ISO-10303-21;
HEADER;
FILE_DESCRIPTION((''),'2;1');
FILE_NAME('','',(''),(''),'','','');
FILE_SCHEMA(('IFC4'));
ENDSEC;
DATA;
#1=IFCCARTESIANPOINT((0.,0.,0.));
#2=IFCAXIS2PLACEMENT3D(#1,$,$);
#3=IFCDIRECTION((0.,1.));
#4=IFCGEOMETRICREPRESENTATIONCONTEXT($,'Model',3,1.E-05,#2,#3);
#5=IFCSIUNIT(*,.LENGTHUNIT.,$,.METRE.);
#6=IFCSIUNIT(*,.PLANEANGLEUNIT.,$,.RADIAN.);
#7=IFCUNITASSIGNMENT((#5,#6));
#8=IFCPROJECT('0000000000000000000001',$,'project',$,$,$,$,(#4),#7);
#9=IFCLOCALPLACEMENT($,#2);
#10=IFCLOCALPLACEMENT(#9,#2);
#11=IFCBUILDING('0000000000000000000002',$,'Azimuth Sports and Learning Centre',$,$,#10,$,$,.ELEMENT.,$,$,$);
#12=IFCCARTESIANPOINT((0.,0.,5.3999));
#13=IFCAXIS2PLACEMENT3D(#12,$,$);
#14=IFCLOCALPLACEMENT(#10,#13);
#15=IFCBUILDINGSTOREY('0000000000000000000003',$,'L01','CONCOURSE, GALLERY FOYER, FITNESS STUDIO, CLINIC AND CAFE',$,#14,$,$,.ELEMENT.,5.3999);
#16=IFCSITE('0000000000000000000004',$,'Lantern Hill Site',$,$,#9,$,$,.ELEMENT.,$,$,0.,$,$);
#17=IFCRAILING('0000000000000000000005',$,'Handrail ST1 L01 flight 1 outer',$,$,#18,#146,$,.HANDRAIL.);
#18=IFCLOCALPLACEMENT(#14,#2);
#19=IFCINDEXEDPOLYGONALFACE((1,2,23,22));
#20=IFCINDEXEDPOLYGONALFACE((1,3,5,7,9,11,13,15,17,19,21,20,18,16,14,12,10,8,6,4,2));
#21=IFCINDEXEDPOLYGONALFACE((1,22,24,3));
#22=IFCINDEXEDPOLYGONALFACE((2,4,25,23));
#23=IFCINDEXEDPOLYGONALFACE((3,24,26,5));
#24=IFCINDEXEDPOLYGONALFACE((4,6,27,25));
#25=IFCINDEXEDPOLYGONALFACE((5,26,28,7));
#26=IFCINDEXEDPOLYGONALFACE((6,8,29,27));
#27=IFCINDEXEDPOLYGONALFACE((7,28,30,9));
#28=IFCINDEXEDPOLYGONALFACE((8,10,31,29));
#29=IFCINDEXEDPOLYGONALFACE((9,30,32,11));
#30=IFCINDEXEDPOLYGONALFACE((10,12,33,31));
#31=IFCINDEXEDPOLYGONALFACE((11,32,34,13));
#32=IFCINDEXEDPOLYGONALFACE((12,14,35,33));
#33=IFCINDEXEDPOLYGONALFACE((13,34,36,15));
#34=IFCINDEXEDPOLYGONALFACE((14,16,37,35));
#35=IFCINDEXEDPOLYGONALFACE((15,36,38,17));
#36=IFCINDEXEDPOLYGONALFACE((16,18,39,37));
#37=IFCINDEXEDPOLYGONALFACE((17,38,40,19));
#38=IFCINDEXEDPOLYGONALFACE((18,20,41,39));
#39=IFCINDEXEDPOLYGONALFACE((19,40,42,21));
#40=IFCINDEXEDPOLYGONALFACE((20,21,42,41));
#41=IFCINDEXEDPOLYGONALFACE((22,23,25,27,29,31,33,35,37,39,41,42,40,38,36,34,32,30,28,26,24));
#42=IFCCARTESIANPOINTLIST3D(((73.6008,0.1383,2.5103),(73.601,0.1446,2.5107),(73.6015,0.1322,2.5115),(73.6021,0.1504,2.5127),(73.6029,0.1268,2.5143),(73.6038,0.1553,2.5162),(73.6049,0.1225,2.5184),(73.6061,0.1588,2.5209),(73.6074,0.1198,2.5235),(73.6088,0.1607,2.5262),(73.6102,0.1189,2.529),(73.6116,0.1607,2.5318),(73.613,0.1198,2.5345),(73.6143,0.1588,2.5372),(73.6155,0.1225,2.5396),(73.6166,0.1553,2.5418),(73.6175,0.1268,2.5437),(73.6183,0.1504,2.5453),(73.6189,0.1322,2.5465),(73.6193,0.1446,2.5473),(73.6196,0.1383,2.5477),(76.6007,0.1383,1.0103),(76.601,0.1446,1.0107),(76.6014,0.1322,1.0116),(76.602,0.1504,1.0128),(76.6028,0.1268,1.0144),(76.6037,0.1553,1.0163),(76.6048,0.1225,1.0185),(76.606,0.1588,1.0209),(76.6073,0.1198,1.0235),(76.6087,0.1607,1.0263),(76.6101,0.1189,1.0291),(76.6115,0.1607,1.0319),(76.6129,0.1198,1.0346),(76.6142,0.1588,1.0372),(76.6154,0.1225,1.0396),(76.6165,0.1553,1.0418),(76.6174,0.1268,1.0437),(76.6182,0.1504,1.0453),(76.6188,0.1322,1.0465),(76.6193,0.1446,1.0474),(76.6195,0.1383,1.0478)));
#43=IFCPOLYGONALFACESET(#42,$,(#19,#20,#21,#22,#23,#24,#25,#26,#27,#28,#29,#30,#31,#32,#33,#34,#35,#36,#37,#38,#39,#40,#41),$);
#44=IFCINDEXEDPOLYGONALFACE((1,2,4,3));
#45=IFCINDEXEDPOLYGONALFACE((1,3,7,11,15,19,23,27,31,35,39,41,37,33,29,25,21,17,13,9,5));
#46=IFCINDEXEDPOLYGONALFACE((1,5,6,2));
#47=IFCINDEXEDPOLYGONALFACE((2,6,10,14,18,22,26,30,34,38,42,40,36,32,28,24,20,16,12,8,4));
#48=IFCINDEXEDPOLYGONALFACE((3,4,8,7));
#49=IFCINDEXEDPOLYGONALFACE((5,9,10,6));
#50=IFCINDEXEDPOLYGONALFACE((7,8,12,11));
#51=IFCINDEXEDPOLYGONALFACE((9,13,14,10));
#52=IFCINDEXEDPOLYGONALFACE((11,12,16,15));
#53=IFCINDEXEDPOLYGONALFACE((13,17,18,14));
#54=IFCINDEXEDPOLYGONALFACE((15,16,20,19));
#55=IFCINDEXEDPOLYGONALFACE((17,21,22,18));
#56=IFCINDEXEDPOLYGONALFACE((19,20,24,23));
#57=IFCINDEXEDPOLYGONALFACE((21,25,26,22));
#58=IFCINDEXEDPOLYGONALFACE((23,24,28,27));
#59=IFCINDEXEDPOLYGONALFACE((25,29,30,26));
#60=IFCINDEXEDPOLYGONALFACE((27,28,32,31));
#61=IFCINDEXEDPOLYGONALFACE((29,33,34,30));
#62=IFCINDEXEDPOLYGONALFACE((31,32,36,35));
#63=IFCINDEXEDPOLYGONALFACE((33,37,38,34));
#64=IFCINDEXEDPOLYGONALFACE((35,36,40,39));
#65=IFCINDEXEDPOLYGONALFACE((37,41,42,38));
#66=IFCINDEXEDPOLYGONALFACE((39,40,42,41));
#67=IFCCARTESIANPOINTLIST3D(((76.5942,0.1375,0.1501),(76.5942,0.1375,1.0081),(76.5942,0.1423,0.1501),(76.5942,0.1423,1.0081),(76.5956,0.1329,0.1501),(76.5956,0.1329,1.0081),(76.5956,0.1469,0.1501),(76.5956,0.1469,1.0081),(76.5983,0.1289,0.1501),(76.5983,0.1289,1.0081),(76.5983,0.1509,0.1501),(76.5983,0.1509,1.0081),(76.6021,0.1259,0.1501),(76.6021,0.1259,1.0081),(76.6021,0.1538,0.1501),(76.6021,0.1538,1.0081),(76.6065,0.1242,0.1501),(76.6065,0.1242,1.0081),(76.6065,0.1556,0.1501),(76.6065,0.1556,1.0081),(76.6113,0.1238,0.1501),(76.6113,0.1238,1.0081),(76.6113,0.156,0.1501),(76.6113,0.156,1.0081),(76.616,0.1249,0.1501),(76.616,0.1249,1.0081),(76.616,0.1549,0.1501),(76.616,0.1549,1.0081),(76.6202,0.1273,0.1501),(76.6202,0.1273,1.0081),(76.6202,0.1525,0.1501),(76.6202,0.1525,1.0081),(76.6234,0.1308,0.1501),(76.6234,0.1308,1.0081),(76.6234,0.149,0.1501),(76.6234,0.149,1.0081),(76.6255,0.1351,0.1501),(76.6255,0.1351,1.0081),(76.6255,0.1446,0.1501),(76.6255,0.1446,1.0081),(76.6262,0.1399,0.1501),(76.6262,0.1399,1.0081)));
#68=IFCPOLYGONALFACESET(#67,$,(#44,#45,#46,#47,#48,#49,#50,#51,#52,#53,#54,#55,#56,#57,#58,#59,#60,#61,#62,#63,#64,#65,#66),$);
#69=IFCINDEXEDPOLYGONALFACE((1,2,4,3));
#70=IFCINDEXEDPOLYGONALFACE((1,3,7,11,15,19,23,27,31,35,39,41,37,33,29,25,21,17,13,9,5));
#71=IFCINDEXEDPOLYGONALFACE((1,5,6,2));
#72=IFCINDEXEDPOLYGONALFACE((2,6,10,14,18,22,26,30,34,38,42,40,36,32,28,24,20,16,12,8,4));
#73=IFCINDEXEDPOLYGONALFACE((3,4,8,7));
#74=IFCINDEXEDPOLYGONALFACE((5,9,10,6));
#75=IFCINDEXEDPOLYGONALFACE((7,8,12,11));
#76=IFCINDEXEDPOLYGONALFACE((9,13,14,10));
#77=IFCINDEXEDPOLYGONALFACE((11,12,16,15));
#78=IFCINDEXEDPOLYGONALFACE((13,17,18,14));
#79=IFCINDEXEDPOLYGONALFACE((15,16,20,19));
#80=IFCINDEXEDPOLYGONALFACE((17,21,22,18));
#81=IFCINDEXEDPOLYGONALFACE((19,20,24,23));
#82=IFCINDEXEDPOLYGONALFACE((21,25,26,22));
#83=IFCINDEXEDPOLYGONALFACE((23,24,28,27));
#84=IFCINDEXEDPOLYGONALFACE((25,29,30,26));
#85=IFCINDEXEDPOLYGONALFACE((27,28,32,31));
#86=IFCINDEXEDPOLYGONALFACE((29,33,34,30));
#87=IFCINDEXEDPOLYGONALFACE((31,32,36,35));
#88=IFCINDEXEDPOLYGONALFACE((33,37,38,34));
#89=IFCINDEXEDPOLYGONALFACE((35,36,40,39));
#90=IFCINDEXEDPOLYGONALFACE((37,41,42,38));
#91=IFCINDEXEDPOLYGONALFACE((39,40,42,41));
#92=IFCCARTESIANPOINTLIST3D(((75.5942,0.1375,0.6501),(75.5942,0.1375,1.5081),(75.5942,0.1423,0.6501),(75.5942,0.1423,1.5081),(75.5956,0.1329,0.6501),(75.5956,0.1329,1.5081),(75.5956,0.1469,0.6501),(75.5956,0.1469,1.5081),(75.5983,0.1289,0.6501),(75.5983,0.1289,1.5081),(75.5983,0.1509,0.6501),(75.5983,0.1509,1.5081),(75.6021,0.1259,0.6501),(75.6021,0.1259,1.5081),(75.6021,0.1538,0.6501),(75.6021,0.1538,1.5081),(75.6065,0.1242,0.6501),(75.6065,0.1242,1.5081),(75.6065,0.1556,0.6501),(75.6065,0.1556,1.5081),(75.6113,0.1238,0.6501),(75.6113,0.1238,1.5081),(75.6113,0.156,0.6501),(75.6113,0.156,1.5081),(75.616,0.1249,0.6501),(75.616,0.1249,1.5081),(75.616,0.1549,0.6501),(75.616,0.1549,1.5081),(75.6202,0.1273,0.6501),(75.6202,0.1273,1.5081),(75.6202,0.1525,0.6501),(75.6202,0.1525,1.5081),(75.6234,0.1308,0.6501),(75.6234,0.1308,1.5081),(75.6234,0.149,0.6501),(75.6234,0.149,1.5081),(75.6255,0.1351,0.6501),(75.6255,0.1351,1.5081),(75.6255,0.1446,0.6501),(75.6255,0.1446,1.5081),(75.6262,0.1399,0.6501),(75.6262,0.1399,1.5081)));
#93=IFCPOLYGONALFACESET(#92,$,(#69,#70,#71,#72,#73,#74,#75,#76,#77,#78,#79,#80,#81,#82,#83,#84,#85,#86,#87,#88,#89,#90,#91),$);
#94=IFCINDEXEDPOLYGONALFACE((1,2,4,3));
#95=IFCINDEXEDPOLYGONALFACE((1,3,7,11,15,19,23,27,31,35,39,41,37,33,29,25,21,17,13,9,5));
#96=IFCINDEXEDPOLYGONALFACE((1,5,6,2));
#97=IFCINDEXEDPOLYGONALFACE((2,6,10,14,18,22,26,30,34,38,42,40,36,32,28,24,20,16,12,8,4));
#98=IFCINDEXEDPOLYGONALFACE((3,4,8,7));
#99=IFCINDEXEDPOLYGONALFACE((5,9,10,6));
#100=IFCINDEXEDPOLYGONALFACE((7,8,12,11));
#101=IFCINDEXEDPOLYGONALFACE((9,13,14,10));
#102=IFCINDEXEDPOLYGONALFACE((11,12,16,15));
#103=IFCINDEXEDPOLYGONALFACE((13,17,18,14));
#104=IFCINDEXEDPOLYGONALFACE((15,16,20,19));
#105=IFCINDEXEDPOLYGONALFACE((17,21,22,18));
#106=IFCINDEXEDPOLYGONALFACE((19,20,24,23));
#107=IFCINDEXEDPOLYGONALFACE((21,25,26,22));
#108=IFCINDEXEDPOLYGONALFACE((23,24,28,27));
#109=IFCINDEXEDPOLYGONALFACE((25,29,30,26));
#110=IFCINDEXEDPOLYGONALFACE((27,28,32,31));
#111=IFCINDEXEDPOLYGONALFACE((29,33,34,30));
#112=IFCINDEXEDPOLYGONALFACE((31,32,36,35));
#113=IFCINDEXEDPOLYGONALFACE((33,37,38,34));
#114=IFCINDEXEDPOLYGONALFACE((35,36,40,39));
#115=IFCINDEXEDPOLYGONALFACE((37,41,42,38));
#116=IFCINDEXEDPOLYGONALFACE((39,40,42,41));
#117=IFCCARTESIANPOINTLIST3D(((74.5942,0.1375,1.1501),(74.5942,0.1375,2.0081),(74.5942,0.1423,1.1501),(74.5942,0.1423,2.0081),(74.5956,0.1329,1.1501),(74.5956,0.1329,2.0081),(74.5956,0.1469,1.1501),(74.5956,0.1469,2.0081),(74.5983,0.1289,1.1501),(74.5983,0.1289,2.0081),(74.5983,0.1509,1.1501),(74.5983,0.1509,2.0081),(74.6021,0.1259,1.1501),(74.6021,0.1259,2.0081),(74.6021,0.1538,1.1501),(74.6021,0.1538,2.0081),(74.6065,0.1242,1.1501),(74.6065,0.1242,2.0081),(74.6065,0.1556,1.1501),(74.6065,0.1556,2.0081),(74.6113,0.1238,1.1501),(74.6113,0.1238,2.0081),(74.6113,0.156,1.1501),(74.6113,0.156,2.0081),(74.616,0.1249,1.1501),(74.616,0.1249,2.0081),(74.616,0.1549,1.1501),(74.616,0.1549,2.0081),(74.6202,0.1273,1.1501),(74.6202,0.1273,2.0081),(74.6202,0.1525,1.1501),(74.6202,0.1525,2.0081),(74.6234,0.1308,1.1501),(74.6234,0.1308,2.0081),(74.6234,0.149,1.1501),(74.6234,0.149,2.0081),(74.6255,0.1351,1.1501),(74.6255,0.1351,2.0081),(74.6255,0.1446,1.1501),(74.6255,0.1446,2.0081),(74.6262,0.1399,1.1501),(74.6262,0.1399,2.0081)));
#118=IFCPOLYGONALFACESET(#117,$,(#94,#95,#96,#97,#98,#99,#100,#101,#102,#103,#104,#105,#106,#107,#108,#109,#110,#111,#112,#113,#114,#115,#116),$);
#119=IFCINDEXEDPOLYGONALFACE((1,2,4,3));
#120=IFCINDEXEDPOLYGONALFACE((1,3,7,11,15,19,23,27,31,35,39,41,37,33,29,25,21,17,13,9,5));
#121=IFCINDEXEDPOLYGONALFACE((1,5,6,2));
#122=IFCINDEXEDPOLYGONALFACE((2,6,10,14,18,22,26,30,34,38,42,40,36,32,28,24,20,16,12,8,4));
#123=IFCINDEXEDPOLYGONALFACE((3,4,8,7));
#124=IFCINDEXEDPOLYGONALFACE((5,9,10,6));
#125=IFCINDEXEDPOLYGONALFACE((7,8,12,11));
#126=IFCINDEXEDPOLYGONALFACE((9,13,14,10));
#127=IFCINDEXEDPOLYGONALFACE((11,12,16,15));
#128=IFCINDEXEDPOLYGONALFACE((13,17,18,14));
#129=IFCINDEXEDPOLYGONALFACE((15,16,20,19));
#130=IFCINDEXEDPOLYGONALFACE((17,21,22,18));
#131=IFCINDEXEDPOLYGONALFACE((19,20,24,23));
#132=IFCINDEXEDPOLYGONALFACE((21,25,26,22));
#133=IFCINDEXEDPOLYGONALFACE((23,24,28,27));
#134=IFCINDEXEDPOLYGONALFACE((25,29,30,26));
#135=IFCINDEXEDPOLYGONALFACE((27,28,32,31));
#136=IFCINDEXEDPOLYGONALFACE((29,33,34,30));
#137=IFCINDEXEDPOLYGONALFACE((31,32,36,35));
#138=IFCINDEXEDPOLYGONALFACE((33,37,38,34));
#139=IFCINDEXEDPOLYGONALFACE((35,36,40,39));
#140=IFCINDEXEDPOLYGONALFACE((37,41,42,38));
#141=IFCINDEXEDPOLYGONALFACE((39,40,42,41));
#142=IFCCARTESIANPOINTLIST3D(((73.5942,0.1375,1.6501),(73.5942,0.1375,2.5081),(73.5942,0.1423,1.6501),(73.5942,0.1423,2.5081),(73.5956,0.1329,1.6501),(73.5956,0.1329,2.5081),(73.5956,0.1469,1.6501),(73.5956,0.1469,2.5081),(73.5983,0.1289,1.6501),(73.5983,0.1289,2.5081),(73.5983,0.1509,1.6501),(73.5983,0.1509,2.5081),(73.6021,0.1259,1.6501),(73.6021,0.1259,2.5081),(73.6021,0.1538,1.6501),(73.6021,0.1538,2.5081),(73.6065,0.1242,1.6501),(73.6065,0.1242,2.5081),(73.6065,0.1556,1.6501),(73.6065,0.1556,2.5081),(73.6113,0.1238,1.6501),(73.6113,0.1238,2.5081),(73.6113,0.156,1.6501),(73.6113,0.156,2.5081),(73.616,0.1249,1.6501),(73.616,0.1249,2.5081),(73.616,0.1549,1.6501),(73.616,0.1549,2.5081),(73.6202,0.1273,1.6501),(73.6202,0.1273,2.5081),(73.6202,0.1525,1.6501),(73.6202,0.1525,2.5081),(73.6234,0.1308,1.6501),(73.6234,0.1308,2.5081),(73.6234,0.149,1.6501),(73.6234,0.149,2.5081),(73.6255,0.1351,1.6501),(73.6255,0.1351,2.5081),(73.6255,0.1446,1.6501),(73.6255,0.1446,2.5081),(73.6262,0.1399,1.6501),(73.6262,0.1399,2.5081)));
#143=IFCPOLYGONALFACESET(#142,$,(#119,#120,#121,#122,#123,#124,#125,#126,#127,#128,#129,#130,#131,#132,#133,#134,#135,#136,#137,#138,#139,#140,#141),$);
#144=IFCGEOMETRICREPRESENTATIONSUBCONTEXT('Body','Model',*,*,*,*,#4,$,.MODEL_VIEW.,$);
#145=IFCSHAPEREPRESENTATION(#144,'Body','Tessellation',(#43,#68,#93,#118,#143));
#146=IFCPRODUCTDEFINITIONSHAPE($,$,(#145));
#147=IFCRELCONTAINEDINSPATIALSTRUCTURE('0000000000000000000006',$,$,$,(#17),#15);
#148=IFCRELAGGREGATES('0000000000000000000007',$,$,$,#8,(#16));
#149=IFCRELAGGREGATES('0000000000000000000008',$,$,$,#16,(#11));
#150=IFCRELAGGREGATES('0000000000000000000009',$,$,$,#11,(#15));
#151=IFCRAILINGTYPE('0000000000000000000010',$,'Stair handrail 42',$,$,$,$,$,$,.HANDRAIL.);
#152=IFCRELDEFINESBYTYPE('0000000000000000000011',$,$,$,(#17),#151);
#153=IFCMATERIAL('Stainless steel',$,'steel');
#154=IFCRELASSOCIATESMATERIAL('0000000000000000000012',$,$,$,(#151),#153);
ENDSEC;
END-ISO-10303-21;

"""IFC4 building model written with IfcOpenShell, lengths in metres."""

from ifc_helpers import new_model, si_unit, direction, frame, origin, origin_2d, place, context, subcontext, project, spatial, circle, extrude, material, type_object, element, save


model = new_model("IFC4")

# Units and contexts
model_context = context("Model", 3, precision=1e-05, world=origin(), true_north=direction((0.0, 1.0)))
body_context = subcontext(model_context, "Body", "Model", "MODEL_VIEW")
ifc_project = project(units=[si_unit("LENGTHUNIT", "METRE"), si_unit("PLANEANGLEUNIT", "RADIAN")], contexts=[model_context])

# Site, building, storey
site_placement = place(None, origin())
site = spatial("IfcSite", under=ifc_project, at=site_placement, Name="Lantern Hill Site", CompositionType="ELEMENT", RefElevation=0.0)
building_placement = place(site_placement, origin())
building = spatial("IfcBuilding", under=site, at=building_placement, Name="Azimuth Sports and Learning Centre", CompositionType="ELEMENT")
storey_placement = place(building_placement, frame((0.0, 0.0, 5.3999)))
storey = spatial("IfcBuildingStorey", under=building, at=storey_placement, Name="L01", Description="CONCOURSE, GALLERY FOYER, FITNESS STUDIO, CLINIC AND CAFE", CompositionType="ELEMENT", Elevation=5.3999)

# Railing
ifc_material_1 = material(Name="Stainless steel", Category="steel")
railing_type_1 = type_object("IfcRailingType", Name="Stair handrail 42", PredefinedType="HANDRAIL", material=ifc_material_1)
for number, where, name in (
    (1, (76.6101, 0.1399, 0.1501), "Handrail ST1 L01 flight 1 outer"),
):
    element("IfcRailing", number, at=place(storey_placement, frame(where)), inside=storey, type_object=railing_type_1, Name=name, PredefinedType="HANDRAIL", context=body_context, shape_type="SweptSolid", body=[
        extrude(circle(Radius=0.021, at=origin_2d()), frame((0.0, 0.0, 0.8789), z_axis=(-0.894427, 0.0, 0.447214), x_axis=(0.0, -1.0, 0.0)), (0.0, 0.0, 1.0), 3.354),
        extrude(circle(Radius=0.0161, at=origin_2d()), origin(), (0.0, 0.0, 1.0), 0.8579),
        extrude(circle(Radius=0.0161, at=origin_2d()), frame((-1.0, 0.0, 0.5)), (0.0, 0.0, 1.0), 0.8579),
        extrude(circle(Radius=0.0161, at=origin_2d()), frame((-2.0, 0.0, 1.0)), (0.0, 0.0, 1.0), 0.8579),
        extrude(circle(Radius=0.0161, at=origin_2d()), frame((-3.0, 0.0, 1.5)), (0.0, 0.0, 1.0), 0.8579),
    ])

save(model, "model.ifc")
